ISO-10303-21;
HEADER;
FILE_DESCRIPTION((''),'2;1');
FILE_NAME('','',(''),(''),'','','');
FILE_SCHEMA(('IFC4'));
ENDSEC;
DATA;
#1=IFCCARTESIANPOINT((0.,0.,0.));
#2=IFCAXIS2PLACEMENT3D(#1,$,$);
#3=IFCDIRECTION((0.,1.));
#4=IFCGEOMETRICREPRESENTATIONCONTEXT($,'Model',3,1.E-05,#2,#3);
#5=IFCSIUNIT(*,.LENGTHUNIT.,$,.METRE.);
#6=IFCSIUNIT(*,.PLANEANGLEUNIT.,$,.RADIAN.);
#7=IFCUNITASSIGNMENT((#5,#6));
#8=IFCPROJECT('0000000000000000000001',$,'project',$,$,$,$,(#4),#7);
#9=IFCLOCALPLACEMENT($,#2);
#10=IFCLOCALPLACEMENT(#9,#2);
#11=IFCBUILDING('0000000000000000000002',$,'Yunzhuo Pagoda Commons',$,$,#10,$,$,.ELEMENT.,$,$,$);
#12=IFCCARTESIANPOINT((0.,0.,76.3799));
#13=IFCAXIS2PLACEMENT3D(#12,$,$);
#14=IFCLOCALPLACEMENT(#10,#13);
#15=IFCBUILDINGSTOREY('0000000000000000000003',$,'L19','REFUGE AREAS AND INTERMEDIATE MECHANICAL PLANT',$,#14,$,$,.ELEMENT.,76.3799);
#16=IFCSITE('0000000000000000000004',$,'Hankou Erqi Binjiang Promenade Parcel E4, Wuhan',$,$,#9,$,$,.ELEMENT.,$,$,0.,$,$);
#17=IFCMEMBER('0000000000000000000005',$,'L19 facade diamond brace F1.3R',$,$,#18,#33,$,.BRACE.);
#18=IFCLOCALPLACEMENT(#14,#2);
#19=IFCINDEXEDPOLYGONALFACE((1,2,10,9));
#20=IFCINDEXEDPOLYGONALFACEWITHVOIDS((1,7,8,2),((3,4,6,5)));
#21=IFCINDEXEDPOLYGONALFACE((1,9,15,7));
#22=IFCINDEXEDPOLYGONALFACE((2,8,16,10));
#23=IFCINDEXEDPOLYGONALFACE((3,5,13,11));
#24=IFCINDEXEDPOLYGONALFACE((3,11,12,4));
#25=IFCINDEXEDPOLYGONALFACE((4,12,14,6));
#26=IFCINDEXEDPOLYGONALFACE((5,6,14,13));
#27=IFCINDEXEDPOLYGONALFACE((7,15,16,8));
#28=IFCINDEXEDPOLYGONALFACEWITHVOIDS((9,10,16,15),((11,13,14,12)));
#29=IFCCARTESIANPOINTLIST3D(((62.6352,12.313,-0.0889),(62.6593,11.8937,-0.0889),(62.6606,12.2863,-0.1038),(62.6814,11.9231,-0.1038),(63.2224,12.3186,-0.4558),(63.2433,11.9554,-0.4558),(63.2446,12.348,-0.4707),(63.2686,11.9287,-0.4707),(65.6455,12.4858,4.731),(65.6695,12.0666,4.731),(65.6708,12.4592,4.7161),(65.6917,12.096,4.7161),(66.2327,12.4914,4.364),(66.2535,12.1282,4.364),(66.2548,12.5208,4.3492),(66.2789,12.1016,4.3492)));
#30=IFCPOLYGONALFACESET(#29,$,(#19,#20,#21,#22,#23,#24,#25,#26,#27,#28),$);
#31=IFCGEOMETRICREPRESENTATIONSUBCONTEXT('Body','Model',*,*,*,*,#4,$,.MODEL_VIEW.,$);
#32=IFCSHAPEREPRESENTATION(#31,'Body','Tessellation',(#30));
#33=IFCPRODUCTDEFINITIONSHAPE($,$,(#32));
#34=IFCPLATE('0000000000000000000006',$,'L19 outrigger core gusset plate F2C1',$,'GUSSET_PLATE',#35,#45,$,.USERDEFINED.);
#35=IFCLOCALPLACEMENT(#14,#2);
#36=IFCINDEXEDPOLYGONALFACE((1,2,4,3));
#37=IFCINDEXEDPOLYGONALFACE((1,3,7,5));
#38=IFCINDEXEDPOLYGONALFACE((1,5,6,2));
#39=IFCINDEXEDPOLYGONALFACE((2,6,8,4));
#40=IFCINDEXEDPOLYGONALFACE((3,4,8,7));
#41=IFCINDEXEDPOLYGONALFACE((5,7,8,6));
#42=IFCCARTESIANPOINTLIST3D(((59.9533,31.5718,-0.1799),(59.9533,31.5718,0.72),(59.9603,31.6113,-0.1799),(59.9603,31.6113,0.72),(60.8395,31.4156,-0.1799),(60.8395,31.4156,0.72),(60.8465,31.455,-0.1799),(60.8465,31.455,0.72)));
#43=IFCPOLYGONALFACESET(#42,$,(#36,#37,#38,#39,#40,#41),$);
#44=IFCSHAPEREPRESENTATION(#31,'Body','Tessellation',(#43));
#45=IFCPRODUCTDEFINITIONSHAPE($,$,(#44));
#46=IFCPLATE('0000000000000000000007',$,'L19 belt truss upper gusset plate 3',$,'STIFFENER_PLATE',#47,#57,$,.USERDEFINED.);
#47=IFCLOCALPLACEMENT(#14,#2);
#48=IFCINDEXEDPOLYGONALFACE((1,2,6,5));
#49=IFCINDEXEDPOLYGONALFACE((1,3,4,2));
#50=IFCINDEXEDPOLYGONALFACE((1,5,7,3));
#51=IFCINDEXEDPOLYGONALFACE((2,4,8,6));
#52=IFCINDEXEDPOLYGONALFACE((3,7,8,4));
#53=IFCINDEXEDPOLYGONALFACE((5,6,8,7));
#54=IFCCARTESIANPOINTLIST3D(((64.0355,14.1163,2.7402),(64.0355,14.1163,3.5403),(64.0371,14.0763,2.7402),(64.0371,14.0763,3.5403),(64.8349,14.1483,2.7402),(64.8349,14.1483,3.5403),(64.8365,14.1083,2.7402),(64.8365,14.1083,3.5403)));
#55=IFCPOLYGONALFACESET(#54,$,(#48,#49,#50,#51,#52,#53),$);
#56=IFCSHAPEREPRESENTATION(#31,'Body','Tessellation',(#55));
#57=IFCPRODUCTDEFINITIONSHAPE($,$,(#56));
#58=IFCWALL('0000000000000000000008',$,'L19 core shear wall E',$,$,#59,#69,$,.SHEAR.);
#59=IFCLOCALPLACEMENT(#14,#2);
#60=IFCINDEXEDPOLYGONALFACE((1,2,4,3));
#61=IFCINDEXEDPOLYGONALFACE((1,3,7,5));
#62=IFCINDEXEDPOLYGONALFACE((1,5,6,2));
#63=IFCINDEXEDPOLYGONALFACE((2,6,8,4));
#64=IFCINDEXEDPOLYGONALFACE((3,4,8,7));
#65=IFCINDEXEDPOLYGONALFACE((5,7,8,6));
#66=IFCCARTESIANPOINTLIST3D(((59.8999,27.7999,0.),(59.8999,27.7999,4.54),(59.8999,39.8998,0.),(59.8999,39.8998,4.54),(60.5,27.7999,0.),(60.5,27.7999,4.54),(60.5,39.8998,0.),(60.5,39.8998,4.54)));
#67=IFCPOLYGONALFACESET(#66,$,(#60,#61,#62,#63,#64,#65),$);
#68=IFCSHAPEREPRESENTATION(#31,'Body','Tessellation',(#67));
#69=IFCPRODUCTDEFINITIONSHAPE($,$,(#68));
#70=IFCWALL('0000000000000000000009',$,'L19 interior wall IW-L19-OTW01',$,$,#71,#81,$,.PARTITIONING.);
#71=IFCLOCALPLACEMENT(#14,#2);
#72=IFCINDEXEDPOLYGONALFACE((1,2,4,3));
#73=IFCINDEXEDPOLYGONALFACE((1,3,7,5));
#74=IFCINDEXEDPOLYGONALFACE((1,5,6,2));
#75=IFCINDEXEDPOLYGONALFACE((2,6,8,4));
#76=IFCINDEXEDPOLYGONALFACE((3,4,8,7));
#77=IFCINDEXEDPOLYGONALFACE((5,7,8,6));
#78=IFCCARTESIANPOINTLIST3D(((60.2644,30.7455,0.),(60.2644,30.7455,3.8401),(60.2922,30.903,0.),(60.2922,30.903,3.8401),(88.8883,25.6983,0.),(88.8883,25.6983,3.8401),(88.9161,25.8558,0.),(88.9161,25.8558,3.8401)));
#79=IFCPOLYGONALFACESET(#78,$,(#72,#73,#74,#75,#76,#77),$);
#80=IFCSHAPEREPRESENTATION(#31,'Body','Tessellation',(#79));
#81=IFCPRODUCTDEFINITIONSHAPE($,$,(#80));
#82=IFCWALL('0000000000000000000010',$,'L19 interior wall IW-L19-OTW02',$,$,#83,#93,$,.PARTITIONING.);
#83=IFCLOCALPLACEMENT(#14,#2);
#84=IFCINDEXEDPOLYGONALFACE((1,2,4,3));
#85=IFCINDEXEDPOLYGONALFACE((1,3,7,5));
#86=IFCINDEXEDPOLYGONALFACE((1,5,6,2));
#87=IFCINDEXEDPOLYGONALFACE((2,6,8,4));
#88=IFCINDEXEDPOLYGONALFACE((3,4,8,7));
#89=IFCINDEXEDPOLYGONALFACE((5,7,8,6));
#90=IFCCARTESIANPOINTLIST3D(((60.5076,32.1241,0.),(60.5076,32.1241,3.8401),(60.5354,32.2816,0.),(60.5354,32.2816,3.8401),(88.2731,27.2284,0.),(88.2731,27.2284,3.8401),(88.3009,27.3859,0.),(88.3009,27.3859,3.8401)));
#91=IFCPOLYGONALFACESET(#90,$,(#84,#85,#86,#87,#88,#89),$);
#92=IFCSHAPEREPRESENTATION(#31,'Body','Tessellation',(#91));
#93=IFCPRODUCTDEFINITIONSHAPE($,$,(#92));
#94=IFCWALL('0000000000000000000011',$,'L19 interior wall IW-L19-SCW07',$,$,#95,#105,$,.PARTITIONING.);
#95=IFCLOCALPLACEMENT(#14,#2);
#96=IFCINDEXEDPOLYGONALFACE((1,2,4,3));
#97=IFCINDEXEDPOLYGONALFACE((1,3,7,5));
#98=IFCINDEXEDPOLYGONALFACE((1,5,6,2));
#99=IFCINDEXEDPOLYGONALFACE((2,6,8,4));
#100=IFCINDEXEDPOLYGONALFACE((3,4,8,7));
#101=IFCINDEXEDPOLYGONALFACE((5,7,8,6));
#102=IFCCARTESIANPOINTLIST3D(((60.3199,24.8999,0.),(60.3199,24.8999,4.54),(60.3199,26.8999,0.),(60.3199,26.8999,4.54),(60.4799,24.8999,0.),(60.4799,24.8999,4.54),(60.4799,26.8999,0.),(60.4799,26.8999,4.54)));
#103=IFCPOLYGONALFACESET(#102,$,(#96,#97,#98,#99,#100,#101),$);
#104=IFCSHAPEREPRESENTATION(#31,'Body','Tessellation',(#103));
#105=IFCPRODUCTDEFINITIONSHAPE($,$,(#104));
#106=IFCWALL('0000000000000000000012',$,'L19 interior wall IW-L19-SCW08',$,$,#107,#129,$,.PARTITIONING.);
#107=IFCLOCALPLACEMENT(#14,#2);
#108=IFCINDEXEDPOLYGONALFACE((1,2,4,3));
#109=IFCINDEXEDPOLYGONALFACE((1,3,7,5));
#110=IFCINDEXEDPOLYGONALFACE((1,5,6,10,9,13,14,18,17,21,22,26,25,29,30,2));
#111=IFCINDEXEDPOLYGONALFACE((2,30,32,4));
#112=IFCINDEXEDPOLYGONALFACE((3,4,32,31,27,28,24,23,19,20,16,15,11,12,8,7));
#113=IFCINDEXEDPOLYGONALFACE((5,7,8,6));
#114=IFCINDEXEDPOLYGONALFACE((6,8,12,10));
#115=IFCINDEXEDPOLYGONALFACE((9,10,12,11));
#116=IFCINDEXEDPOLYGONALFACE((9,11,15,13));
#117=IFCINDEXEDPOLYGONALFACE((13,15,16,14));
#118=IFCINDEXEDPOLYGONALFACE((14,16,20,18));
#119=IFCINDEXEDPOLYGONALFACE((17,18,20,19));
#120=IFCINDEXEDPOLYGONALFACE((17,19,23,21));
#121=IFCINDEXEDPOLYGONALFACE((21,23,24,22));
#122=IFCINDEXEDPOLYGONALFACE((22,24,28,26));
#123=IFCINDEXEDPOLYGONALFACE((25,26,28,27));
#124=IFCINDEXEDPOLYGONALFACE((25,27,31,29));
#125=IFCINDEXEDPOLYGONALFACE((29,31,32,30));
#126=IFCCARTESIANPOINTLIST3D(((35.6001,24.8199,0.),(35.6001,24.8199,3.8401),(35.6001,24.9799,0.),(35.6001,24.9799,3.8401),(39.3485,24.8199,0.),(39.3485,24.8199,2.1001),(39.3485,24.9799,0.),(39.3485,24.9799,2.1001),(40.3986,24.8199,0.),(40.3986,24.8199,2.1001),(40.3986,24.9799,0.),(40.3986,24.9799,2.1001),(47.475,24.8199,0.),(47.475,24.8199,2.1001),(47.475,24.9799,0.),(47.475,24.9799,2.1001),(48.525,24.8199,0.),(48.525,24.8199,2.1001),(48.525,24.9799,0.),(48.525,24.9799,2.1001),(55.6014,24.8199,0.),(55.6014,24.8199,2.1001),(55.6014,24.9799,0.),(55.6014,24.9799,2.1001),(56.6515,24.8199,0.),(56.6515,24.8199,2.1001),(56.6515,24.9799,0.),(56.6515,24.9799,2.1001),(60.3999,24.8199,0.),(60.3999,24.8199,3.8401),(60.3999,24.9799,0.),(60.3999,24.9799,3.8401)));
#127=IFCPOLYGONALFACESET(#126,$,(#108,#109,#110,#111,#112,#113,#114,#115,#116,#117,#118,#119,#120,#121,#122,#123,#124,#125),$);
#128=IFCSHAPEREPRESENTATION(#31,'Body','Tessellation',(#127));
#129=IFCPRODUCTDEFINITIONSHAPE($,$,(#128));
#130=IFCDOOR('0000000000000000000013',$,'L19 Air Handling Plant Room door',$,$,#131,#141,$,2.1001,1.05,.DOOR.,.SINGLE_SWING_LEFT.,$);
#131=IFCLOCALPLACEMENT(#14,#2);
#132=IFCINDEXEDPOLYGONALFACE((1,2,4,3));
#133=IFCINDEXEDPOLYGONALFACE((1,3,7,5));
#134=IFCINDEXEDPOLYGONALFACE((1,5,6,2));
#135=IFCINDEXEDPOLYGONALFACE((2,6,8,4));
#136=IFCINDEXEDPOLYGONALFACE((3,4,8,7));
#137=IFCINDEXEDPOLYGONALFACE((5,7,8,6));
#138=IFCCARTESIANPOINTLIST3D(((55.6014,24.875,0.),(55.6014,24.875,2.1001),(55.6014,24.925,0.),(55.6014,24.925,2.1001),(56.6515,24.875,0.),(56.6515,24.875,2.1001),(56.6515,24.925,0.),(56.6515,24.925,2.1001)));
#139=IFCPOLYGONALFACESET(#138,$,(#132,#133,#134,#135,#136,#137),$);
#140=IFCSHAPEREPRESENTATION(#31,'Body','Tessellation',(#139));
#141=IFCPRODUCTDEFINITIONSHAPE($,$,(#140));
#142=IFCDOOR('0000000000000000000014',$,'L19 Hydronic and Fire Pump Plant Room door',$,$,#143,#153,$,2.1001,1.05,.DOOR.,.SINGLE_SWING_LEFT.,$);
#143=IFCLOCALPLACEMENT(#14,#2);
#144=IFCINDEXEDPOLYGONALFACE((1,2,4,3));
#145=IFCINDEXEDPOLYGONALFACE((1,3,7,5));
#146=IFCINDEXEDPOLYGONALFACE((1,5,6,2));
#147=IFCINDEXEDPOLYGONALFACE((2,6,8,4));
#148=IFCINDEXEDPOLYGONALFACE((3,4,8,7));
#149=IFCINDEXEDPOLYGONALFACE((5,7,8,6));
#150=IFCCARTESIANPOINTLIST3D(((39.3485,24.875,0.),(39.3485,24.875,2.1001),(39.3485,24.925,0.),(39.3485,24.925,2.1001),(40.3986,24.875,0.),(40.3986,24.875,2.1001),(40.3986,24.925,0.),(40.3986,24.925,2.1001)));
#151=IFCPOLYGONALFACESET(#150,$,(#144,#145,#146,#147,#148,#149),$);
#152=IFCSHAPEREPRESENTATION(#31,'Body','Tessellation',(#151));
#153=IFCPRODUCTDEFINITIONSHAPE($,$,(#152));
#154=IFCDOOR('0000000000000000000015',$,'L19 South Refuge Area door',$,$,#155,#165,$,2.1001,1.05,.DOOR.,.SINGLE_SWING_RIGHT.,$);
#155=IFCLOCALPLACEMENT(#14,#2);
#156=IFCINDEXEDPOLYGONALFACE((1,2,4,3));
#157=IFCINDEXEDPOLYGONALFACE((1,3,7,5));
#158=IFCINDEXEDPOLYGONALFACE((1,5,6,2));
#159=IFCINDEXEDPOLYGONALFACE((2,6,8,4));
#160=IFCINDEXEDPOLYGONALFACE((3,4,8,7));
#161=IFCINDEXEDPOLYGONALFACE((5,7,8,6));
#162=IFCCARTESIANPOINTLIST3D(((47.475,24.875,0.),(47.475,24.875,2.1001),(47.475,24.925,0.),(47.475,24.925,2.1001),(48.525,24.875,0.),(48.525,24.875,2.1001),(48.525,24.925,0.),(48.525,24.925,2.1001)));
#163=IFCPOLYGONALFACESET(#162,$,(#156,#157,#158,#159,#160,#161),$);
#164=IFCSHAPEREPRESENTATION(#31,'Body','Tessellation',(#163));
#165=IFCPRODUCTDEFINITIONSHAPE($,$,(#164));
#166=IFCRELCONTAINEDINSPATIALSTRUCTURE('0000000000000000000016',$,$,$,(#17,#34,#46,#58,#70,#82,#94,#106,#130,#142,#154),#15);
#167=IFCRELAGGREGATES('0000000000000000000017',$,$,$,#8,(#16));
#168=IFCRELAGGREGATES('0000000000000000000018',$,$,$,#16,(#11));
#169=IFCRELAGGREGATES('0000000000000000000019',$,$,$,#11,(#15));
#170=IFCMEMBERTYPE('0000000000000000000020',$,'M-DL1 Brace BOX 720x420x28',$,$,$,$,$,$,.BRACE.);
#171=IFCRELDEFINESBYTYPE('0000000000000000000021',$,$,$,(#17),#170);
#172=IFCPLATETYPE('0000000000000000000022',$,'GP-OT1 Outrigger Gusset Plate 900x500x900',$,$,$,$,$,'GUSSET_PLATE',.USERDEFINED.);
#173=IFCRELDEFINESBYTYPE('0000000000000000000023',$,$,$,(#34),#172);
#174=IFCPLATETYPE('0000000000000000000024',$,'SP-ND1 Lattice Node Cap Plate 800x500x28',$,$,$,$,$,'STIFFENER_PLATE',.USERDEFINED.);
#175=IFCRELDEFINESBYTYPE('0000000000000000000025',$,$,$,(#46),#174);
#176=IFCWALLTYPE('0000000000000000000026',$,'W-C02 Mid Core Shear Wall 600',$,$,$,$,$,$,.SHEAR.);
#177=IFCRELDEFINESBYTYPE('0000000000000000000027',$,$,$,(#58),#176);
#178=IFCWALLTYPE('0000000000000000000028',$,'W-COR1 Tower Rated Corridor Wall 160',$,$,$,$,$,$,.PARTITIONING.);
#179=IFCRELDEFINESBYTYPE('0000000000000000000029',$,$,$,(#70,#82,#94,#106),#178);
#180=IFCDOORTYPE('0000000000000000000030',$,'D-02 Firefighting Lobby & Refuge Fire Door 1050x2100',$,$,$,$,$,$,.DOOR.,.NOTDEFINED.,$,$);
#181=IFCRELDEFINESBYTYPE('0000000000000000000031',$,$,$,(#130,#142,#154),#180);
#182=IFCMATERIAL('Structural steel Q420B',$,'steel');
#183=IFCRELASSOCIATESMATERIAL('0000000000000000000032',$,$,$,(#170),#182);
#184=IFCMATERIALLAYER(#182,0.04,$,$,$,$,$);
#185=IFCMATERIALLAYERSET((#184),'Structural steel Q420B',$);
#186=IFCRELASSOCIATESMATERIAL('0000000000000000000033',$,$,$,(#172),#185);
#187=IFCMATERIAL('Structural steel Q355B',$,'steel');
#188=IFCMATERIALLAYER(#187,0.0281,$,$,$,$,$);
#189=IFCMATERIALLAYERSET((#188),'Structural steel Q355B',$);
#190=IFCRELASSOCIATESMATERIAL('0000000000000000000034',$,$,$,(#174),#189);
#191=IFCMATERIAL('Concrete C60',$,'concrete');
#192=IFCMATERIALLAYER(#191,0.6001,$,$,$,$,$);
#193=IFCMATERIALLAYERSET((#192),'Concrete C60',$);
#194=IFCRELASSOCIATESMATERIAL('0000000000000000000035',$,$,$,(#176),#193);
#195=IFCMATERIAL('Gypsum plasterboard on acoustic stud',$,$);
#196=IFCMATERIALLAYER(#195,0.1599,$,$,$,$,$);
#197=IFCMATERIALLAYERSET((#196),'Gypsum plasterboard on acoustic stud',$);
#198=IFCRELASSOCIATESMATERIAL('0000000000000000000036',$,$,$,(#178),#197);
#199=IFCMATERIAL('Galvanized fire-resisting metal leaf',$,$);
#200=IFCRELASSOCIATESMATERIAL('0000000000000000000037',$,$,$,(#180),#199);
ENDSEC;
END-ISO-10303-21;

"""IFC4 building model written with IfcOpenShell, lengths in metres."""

from ifc_helpers import new_model, si_unit, direction, frame, frame_2d, origin, origin_with_axes, origin_2d, place, context, subcontext, project, spatial, rectangle, hollow_rectangle, extrude, source, transform, mapped, material, layer, layer_set, material_profile, profile_set, type_object, element, fill, save


model = new_model("IFC4")

# Units and contexts
model_context = context("Model", 3, precision=1e-05, world=origin(), true_north=direction((0.0, 1.0)))
body_context = subcontext(model_context, "Body", "Model", "MODEL_VIEW")
ifc_project = project(units=[si_unit("LENGTHUNIT", "METRE"), si_unit("PLANEANGLEUNIT", "RADIAN")], contexts=[model_context])

# Site, building, storey
site_placement = place(None, origin())
site = spatial("IfcSite", under=ifc_project, at=site_placement, Name="Hankou Erqi Binjiang Promenade Parcel E4, Wuhan", CompositionType="ELEMENT", RefElevation=0.0)
building_placement = place(site_placement, origin())
building = spatial("IfcBuilding", under=site, at=building_placement, Name="Yunzhuo Pagoda Commons", CompositionType="ELEMENT")
storey_placement = place(building_placement, frame((0.0, 0.0, 76.3799)))
storey = spatial("IfcBuildingStorey", under=building, at=storey_placement, Name="L19", Description="REFUGE AREAS AND INTERMEDIATE MECHANICAL PLANT", CompositionType="ELEMENT", Elevation=76.3799)

# Shared definitions
ifc_material_1 = material(Name="Structural steel Q420B", Category="steel")

# Shared definitions
ifc_material_2 = material(Name="Structural steel Q355B", Category="steel")

# Member
ifc_material_profile_1 = material_profile(ifc_material_1, hollow_rectangle(XDim=0.4199, YDim=0.72, WallThickness=0.0281, at=origin_2d()), Name="Structural steel Q420B")
ifc_profile_set_1 = profile_set([ifc_material_profile_1], Name="Structural steel Q420B")
member_type_1 = type_object("IfcMemberType", Name="M-DL1 Brace BOX 720x420x28", PredefinedType="BRACE", material=ifc_profile_set_1)
shared_shape_1 = source(origin(), body_context, "Body", "SweptSolid", [
    extrude(hollow_rectangle(XDim=0.4199, YDim=0.72, WallThickness=0.0281, at=origin_2d()), origin(), (0.0, 0.0, 1.0), 5.6853),
])
member_1_placement = place(storey_placement, frame((62.9519, 12.1208, -0.2798), z_axis=(0.529484, 0.030403, 0.847775), x_axis=(-0.057326, 0.998355, 0.0)))
element("IfcMember", 1, at=member_1_placement, inside=storey, type_object=member_type_1, Name="L19 facade diamond brace F1.3R", PredefinedType="BRACE", context=body_context, shape_type="MappedRepresentation", body=[
    mapped(shared_shape_1, transform((0.0, 0.0, 0.0), scale=1.0)),
])

# Plates
ifc_layer_1 = layer(ifc_material_1, 0.04)
ifc_layer_set_1 = layer_set([ifc_layer_1], Name="Structural steel Q420B")
plate_type_1 = type_object("IfcPlateType", Name="GP-OT1 Outrigger Gusset Plate 900x500x900", ElementType="GUSSET_PLATE", PredefinedType="USERDEFINED", material=ifc_layer_set_1)
shared_shape_2 = source(origin(), body_context, "Body", "SweptSolid", [
    extrude(rectangle(XDim=0.8999, YDim=0.04, at=origin_2d()), origin(), (0.0, 0.0, 1.0), 0.8999),
])
plate_1_placement = place(storey_placement, frame((60.3999, 31.5134, -0.1799), z_axis=(0.0, 0.0, 1.0), x_axis=(0.984808, -0.173648, 0.0)))
element("IfcPlate", 2, at=plate_1_placement, inside=storey, type_object=plate_type_1, Name="L19 outrigger core gusset plate F2C1", ObjectType="GUSSET_PLATE", PredefinedType="USERDEFINED", context=body_context, shape_type="MappedRepresentation", body=[
    mapped(shared_shape_2, transform((0.0, 0.0, 0.0), scale=1.0)),
])
ifc_layer_2 = layer(ifc_material_2, 0.0281)
ifc_layer_set_2 = layer_set([ifc_layer_2], Name="Structural steel Q355B")
plate_type_2 = type_object("IfcPlateType", Name="SP-ND1 Lattice Node Cap Plate 800x500x28", ElementType="STIFFENER_PLATE", PredefinedType="USERDEFINED", material=ifc_layer_set_2)
shared_shape_3 = source(origin(), body_context, "Body", "SweptSolid", [
    extrude(rectangle(XDim=0.8, YDim=0.04, at=origin_2d()), origin(), (0.0, 0.0, 1.0), 0.8),
])
plate_2_placement = place(storey_placement, frame((64.436, 14.1123, 2.7402), z_axis=(0.0, 0.0, 1.0), x_axis=(0.999197, 0.040062, 0.0)))
element("IfcPlate", 3, at=plate_2_placement, inside=storey, type_object=plate_type_2, Name="L19 belt truss upper gusset plate 3", ObjectType="STIFFENER_PLATE", PredefinedType="USERDEFINED", context=body_context, shape_type="MappedRepresentation", body=[
    mapped(shared_shape_3, transform((0.0, 0.0, 0.0), scale=1.0)),
])

# Walls
ifc_material_3 = material(Name="Concrete C60", Category="concrete")
ifc_layer_3 = layer(ifc_material_3, 0.6001)
ifc_layer_set_3 = layer_set([ifc_layer_3], Name="Concrete C60")
wall_type_1 = type_object("IfcWallType", Name="W-C02 Mid Core Shear Wall 600", PredefinedType="SHEAR", material=ifc_layer_set_3)
wall_1_placement = place(storey_placement, frame((60.2, 27.8, 0.0), z_axis=(0.0, 0.0, 1.0), x_axis=(0.0, 1.0, 0.0)))
element("IfcWall", 4, at=wall_1_placement, inside=storey, type_object=wall_type_1, Name="L19 core shear wall E", PredefinedType="SHEAR", context=body_context, shape_type="SweptSolid", body=[
    extrude(rectangle(XDim=12.0999, YDim=0.6001, at=frame_2d((6.0498, 0.0))), origin(), (0.0, 0.0, 1.0), 4.54),
])
ifc_material_4 = material(Name="Gypsum plasterboard on acoustic stud")
ifc_layer_4 = layer(ifc_material_4, 0.1599)
ifc_layer_set_4 = layer_set([ifc_layer_4], Name="Gypsum plasterboard on acoustic stud")
wall_type_2 = type_object("IfcWallType", Name="W-COR1 Tower Rated Corridor Wall 160", PredefinedType="PARTITIONING", material=ifc_layer_set_4)
wall_2_placement = place(storey_placement, frame((60.2783, 30.8242, 0.0), z_axis=(0.0, 0.0, 1.0), x_axis=(0.984808, -0.173647, 0.0)))
element("IfcWall", 5, at=wall_2_placement, inside=storey, type_object=wall_type_2, Name="L19 interior wall IW-L19-OTW01", PredefinedType="PARTITIONING", context=body_context, shape_type="SweptSolid", body=[
    extrude(rectangle(XDim=29.0654, YDim=0.1599, at=frame_2d((14.5327, 0.0))), origin(), (0.0, 0.0, 1.0), 3.8401),
])
wall_3_placement = place(storey_placement, frame((60.5215, 32.2029, 0.0), z_axis=(0.0, 0.0, 1.0), x_axis=(0.984808, -0.173646, 0.0)))
element("IfcWall", 6, at=wall_3_placement, inside=storey, type_object=wall_type_2, Name="L19 interior wall IW-L19-OTW02", PredefinedType="PARTITIONING", context=body_context, shape_type="SweptSolid", body=[
    extrude(rectangle(XDim=28.1938, YDim=0.1599, at=frame_2d((14.0969, 0.0))), origin(), (0.0, 0.0, 1.0), 3.8401),
])
wall_4_placement = place(storey_placement, frame((60.3999, 26.8999, 0.0), z_axis=(0.0, 0.0, 1.0), x_axis=(0.0, -1.0, 0.0)))
element("IfcWall", 7, at=wall_4_placement, inside=storey, type_object=wall_type_2, Name="L19 interior wall IW-L19-SCW07", PredefinedType="PARTITIONING", context=body_context, shape_type="SweptSolid", body=[
    extrude(rectangle(XDim=2.0, YDim=0.1599, at=frame_2d((1.0, 0.0))), origin(), (0.0, 0.0, 1.0), 4.54),
])

# Wall, openings, doors
wall_5_placement = place(storey_placement, frame((60.3999, 24.8999, 0.0), z_axis=(0.0, 0.0, 1.0), x_axis=(-1.0, 0.0, 0.0)))
wall_5 = element("IfcWall", 8, at=wall_5_placement, inside=storey, type_object=wall_type_2, Name="L19 interior wall IW-L19-SCW08", PredefinedType="PARTITIONING", context=body_context, shape_type="SweptSolid", body=[
    extrude(rectangle(XDim=24.7998, YDim=0.1599, at=frame_2d((12.3999, 0.0))), origin(), (0.0, 0.0, 1.0), 3.8401),
])
opening_1_placement = place(wall_5_placement, frame((3.7485, 0.0, 0.0)))
opening_1 = element("IfcOpeningElement", 9, at=opening_1_placement, cuts=wall_5, PredefinedType="OPENING", context=body_context, shape_type="SweptSolid", body=[
    extrude(rectangle(XDim=1.05, YDim=2.1001, at=frame_2d((0.5249, 1.05))), frame((0.0, 0.0898, 0.0), z_axis=(0.0, -1.0, 0.0), x_axis=(1.0, 0.0, 0.0)), (0.0, 0.0, 1.0), 0.1799),
])
opening_2_placement = place(wall_5_placement, frame((20.0015, 0.0, 0.0)))
opening_2 = element("IfcOpeningElement", 10, at=opening_2_placement, cuts=wall_5, PredefinedType="OPENING", context=body_context, shape_type="SweptSolid", body=[
    extrude(rectangle(XDim=1.05, YDim=2.1001, at=frame_2d((0.5249, 1.05))), frame((0.0, 0.0898, 0.0), z_axis=(0.0, -1.0, 0.0), x_axis=(1.0, 0.0, 0.0)), (0.0, 0.0, 1.0), 0.1799),
])
opening_3_placement = place(wall_5_placement, frame((11.875, 0.0, 0.0)))
opening_3 = element("IfcOpeningElement", 11, at=opening_3_placement, cuts=wall_5, PredefinedType="OPENING", context=body_context, shape_type="SweptSolid", body=[
    extrude(rectangle(XDim=1.05, YDim=2.1001, at=frame_2d((0.5249, 1.05))), frame((0.0, 0.0898, 0.0), z_axis=(0.0, -1.0, 0.0), x_axis=(1.0, 0.0, 0.0)), (0.0, 0.0, 1.0), 0.1799),
])
ifc_material_5 = material(Name="Galvanized fire-resisting metal leaf")
door_type = type_object("IfcDoorType", Name="D-02 Firefighting Lobby & Refuge Fire Door 1050x2100", OperationType="NOTDEFINED", PredefinedType="DOOR", material=ifc_material_5)
shared_shape_4 = source(origin(), body_context, "Body", "SweptSolid", [
    extrude(rectangle(XDim=1.05, YDim=2.1001, at=frame_2d((0.5249, 1.05))), frame((0.0, 0.0249, 0.0), z_axis=(0.0, -1.0, 0.0), x_axis=(1.0, 0.0, 0.0)), (0.0, 0.0, 1.0), 0.05),
])
door_1_placement = place(opening_1_placement, origin_with_axes())
door_1 = element("IfcDoor", 12, at=door_1_placement, inside=storey, type_object=door_type, Name="L19 Air Handling Plant Room door", OperationType="SINGLE_SWING_LEFT", OverallHeight=2.1001, OverallWidth=1.05, PredefinedType="DOOR", context=body_context, shape_type="MappedRepresentation", body=[
    mapped(shared_shape_4, transform((0.0, 0.0, 0.0), scale=1.0)),
])
fill(opening_1, door_1)
door_2_placement = place(opening_2_placement, origin_with_axes())
door_2 = element("IfcDoor", 13, at=door_2_placement, inside=storey, type_object=door_type, Name="L19 Hydronic and Fire Pump Plant Room door", OperationType="SINGLE_SWING_LEFT", OverallHeight=2.1001, OverallWidth=1.05, PredefinedType="DOOR", context=body_context, shape_type="MappedRepresentation", body=[
    mapped(shared_shape_4, transform((0.0, 0.0, 0.0), scale=1.0)),
])
fill(opening_2, door_2)
door_3_placement = place(opening_3_placement, origin_with_axes())
door_3 = element("IfcDoor", 14, at=door_3_placement, inside=storey, type_object=door_type, Name="L19 South Refuge Area door", OperationType="SINGLE_SWING_RIGHT", OverallHeight=2.1001, OverallWidth=1.05, PredefinedType="DOOR", context=body_context, shape_type="MappedRepresentation", body=[
    mapped(shared_shape_4, transform((0.0, 0.0, 0.0), scale=1.0)),
])
fill(opening_3, door_3)

save(model, "model.ifc")
